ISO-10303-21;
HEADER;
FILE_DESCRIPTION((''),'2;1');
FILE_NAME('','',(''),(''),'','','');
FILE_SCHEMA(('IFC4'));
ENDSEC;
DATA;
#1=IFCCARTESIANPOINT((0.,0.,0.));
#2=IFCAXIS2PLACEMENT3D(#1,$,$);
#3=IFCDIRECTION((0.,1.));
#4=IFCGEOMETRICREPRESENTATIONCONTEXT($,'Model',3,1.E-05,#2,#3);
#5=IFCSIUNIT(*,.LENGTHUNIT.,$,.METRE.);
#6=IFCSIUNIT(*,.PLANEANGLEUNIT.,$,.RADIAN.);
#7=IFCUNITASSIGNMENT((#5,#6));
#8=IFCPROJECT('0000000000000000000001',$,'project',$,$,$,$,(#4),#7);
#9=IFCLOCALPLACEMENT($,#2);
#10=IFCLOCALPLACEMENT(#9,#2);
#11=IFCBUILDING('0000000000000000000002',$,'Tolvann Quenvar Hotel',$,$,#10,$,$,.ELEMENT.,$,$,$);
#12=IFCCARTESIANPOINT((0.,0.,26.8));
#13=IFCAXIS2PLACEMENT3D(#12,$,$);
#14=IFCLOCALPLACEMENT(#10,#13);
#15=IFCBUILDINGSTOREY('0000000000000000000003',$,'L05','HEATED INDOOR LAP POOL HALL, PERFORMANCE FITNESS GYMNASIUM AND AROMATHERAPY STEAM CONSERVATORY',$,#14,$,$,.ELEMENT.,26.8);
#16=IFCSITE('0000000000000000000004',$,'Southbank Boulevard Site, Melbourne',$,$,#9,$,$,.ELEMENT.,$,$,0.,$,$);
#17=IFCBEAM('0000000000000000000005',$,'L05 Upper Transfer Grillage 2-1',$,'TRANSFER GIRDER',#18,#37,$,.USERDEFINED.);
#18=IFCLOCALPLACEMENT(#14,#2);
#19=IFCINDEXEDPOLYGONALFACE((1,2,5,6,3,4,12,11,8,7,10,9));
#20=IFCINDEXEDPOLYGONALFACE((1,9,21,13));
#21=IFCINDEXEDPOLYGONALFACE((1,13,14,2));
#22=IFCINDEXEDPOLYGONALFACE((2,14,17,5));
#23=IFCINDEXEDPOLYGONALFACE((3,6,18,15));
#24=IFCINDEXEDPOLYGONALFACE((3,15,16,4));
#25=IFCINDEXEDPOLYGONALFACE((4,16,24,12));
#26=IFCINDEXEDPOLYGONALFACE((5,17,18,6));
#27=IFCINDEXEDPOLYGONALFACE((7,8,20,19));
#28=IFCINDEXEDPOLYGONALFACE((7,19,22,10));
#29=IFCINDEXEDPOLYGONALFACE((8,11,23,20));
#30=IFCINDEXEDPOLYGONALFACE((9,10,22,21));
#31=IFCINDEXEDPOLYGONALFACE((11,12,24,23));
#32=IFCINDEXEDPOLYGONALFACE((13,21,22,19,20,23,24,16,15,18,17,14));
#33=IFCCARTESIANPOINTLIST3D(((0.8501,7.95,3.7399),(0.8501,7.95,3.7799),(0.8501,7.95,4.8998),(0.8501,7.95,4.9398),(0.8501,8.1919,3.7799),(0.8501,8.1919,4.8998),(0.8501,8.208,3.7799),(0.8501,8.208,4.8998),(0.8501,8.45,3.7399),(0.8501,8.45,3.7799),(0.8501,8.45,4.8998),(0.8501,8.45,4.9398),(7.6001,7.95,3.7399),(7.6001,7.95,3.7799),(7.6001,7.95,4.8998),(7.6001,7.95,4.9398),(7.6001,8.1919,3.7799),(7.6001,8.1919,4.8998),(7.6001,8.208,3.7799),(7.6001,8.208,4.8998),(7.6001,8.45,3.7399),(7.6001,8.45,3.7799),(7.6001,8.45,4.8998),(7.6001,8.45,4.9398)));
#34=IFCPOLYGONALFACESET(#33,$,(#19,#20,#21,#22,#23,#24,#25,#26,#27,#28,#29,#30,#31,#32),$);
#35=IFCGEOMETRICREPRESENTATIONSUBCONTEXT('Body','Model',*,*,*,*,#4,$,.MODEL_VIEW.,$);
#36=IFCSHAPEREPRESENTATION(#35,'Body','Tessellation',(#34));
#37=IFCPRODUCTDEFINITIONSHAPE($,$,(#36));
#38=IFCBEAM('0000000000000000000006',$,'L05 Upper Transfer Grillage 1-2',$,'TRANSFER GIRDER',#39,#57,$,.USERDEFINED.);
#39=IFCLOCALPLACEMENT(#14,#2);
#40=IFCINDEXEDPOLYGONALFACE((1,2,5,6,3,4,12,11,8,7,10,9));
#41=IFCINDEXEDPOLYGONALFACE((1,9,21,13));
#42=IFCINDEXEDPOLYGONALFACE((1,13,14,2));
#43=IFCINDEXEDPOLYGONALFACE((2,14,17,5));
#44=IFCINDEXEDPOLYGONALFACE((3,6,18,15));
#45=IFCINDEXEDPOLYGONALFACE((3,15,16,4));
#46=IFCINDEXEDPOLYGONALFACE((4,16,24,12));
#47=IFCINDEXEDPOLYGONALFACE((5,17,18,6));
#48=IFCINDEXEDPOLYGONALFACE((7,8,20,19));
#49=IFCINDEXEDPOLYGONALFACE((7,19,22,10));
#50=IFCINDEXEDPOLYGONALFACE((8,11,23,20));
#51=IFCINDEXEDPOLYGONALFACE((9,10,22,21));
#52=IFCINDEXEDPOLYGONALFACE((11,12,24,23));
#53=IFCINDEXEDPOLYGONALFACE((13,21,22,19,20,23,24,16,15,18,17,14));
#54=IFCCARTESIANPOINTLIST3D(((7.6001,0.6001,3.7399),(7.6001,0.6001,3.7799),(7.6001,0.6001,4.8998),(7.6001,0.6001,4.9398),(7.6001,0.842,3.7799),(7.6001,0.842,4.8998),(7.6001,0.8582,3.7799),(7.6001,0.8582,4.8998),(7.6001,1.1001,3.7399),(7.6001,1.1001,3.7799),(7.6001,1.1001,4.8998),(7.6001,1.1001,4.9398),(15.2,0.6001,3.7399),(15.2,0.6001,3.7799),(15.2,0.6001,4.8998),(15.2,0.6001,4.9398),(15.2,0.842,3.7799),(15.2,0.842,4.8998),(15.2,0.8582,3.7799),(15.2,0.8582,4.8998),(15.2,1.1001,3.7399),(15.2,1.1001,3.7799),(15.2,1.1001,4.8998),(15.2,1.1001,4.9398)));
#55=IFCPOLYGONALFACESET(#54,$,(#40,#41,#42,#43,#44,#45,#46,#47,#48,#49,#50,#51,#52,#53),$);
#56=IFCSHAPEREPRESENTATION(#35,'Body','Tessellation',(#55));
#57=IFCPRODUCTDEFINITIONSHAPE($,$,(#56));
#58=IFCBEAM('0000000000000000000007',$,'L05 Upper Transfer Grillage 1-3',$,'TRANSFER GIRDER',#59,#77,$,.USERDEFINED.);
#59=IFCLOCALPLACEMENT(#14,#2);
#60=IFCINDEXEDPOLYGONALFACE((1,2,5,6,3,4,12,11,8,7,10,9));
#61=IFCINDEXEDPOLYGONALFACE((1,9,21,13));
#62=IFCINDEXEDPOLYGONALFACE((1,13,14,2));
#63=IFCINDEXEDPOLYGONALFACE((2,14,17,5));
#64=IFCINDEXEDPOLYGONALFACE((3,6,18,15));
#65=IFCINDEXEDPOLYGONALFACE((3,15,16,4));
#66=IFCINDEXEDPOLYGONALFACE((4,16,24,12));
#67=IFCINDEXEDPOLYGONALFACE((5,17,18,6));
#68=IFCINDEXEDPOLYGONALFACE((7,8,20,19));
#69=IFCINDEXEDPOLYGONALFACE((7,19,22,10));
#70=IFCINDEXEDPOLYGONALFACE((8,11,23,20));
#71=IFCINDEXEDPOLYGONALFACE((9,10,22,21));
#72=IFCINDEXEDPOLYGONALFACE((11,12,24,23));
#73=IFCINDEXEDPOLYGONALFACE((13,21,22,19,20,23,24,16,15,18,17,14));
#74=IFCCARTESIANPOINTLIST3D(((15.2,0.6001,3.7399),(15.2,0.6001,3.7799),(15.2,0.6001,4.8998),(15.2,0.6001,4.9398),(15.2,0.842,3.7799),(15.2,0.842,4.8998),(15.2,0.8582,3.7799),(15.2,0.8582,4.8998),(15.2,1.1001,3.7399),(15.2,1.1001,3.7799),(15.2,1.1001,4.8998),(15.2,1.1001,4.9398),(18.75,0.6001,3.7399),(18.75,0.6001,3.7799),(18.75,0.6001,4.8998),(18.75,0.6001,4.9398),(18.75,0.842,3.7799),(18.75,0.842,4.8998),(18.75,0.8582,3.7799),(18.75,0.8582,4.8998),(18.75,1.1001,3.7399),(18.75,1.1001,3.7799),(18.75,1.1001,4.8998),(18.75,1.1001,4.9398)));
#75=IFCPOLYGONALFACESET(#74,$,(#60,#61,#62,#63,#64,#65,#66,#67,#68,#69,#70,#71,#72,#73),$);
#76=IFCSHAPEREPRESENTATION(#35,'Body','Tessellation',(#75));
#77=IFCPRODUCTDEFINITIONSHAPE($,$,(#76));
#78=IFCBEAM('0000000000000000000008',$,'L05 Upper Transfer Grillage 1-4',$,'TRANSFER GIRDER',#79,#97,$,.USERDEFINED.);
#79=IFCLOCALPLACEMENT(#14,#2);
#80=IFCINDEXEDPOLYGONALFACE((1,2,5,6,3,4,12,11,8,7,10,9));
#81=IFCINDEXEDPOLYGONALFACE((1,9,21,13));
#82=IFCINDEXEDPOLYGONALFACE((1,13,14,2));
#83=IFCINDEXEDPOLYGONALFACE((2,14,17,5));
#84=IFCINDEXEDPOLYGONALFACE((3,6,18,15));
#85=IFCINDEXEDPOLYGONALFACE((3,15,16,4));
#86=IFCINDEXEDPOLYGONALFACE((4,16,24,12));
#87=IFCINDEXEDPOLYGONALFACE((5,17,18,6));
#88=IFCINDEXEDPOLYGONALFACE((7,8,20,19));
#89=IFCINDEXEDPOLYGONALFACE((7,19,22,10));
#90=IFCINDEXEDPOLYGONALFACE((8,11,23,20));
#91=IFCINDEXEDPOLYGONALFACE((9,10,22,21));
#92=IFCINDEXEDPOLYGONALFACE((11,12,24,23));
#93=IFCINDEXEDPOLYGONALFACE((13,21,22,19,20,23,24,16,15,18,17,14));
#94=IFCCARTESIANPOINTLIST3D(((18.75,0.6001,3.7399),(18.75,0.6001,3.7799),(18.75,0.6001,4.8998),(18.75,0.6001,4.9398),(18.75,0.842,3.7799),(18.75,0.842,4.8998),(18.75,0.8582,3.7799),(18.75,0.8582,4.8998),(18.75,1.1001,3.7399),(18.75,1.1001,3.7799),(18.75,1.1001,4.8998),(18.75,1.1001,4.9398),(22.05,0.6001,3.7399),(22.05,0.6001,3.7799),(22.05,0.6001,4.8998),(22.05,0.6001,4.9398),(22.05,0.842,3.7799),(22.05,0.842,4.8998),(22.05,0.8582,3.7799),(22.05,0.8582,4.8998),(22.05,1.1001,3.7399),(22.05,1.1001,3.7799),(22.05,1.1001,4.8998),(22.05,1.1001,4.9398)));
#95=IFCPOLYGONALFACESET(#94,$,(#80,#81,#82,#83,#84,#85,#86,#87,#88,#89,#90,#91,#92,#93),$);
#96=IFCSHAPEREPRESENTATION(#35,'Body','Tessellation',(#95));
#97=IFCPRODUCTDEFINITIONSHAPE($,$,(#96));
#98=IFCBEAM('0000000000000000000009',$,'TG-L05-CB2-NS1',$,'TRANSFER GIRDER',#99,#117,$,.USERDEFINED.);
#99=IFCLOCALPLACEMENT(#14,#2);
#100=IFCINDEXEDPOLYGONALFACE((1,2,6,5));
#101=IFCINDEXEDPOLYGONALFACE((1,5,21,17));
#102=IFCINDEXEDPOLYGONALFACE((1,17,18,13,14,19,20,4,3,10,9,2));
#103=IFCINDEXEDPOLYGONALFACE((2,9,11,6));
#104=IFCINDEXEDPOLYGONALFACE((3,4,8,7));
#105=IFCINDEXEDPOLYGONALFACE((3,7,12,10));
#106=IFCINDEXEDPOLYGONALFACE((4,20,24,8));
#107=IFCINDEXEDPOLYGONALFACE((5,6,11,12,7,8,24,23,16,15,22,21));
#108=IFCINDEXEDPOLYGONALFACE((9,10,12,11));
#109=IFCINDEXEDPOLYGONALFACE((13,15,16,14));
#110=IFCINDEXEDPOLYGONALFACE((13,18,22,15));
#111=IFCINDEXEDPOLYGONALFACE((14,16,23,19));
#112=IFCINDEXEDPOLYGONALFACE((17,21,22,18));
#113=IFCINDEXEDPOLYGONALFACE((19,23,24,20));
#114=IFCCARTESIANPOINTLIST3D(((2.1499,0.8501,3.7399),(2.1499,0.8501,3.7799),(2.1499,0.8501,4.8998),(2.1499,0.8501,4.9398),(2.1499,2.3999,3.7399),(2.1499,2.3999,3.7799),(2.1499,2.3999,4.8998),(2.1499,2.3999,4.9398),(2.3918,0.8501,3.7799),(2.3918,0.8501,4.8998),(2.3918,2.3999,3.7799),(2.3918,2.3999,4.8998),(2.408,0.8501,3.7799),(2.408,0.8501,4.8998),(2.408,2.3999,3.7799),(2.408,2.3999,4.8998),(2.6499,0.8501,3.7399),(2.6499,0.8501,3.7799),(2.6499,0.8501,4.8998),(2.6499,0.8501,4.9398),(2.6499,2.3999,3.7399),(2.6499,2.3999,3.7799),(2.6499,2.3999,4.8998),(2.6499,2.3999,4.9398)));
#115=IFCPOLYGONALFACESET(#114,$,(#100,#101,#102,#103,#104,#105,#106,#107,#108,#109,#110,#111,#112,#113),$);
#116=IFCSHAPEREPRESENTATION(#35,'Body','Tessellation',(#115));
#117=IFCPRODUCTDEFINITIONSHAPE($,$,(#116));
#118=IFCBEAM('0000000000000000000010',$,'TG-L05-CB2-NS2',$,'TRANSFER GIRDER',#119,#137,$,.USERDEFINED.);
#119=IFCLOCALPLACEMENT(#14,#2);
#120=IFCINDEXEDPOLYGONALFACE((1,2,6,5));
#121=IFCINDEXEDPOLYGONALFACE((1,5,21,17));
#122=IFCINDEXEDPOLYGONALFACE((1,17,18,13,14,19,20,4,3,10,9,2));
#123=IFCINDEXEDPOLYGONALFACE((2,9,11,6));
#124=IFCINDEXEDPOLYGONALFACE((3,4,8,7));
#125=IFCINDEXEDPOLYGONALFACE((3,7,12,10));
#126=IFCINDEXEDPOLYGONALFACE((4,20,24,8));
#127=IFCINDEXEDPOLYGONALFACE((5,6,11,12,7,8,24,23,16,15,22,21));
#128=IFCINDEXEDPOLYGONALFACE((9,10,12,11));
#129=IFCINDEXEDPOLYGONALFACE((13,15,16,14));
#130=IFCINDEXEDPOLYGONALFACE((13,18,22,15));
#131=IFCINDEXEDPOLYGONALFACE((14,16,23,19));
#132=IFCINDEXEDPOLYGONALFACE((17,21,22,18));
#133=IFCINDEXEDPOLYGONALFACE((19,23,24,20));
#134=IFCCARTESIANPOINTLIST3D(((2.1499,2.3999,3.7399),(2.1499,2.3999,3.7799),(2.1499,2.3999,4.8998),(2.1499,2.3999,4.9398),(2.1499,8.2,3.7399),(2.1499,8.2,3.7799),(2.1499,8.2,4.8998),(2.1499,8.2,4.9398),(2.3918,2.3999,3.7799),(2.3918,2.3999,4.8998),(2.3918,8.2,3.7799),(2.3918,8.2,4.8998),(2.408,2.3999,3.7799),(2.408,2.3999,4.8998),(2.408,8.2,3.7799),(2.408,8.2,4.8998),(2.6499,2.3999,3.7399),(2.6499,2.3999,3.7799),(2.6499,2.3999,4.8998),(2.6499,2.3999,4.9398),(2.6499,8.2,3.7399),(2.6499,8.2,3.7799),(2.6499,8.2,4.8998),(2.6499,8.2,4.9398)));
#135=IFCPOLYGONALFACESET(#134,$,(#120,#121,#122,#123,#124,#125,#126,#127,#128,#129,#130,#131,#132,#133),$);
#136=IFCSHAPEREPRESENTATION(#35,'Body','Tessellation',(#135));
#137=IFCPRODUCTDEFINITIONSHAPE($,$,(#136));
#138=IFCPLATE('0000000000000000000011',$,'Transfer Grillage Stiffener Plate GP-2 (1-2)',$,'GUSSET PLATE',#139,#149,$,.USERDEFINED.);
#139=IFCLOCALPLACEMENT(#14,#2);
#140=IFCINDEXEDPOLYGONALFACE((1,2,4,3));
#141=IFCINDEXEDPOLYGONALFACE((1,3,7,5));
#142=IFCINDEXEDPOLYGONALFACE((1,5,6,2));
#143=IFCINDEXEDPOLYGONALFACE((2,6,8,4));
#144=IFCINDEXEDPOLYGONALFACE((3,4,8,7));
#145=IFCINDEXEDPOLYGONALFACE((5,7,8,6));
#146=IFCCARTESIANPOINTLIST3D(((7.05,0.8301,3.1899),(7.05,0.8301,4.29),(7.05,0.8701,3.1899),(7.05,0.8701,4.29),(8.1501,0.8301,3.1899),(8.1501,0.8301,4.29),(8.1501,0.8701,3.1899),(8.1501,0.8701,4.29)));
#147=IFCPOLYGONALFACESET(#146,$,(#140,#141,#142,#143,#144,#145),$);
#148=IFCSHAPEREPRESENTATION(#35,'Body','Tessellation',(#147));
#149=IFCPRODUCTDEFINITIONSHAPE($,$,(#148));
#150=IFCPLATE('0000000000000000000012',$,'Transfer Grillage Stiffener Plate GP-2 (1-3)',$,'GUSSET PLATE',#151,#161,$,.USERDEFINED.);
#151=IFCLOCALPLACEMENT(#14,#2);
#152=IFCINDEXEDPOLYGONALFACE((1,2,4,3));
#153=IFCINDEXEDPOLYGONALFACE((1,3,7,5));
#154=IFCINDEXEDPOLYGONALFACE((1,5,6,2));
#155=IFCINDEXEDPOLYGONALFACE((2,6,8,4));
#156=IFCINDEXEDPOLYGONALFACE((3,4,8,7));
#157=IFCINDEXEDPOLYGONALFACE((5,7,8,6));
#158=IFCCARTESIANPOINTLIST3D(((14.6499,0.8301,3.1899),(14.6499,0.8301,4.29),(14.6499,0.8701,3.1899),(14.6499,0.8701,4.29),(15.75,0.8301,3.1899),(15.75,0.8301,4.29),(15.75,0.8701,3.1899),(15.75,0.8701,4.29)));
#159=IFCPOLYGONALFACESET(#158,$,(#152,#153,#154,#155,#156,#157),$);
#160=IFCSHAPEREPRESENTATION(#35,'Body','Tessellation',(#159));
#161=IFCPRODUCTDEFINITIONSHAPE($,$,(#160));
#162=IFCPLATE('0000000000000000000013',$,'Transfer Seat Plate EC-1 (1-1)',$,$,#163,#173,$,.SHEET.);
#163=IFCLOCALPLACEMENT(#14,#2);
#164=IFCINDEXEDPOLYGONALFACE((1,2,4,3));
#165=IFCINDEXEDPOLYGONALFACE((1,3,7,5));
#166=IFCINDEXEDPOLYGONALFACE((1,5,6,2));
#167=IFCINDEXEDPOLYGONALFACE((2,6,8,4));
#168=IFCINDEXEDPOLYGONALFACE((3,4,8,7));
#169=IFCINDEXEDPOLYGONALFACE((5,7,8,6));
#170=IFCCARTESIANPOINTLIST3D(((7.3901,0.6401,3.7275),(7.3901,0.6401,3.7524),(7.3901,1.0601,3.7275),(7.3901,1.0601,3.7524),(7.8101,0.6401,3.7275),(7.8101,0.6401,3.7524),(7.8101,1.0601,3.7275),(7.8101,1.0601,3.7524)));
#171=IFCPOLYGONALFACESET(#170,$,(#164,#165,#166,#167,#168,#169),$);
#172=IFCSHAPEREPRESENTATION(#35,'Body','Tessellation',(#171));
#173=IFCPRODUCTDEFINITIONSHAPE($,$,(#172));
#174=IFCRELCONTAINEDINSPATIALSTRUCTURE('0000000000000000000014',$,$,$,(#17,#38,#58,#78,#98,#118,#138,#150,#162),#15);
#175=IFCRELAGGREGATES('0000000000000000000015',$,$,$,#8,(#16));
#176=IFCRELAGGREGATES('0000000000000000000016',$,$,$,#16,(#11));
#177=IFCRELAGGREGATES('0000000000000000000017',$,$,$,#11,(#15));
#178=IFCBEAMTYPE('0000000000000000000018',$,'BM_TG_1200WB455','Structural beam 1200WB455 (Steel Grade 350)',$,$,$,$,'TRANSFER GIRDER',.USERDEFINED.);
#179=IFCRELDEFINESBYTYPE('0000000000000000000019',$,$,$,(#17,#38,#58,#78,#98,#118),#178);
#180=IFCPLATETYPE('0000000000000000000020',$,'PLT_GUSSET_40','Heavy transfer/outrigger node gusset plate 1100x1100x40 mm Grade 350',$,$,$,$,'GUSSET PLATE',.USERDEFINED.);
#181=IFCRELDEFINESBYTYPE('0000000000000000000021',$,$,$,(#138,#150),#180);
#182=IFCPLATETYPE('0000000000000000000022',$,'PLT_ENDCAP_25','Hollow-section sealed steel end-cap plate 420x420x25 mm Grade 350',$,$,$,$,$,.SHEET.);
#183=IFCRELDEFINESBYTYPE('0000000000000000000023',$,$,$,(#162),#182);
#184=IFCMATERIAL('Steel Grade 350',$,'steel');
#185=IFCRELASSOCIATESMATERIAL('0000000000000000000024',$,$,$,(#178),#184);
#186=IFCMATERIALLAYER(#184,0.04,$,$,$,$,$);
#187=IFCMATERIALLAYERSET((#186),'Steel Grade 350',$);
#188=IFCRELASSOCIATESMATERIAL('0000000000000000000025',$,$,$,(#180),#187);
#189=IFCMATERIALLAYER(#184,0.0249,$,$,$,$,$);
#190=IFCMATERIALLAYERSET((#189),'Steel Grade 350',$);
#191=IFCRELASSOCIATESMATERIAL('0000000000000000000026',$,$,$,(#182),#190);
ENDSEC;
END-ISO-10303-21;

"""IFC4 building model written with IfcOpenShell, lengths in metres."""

from ifc_helpers import new_model, si_unit, direction, frame, origin, origin_2d, place, context, subcontext, project, spatial, rectangle, i_section, extrude, source, transform, mapped, material, layer, layer_set, material_profile, profile_set, type_object, type_shapes, element, save


model = new_model("IFC4")

# Units and contexts
model_context = context("Model", 3, precision=1e-05, world=origin(), true_north=direction((0.0, 1.0)))
body_context = subcontext(model_context, "Body", "Model", "MODEL_VIEW")
ifc_project = project(units=[si_unit("LENGTHUNIT", "METRE"), si_unit("PLANEANGLEUNIT", "RADIAN")], contexts=[model_context])

# Site, building, storey
site_placement = place(None, origin())
site = spatial("IfcSite", under=ifc_project, at=site_placement, Name="Southbank Boulevard Site, Melbourne", CompositionType="ELEMENT", RefElevation=0.0)
building_placement = place(site_placement, origin())
building = spatial("IfcBuilding", under=site, at=building_placement, Name="Tolvann Quenvar Hotel", CompositionType="ELEMENT")
storey_placement = place(building_placement, frame((0.0, 0.0, 26.8)))
storey = spatial("IfcBuildingStorey", under=building, at=storey_placement, Name="L05", Description="HEATED INDOOR LAP POOL HALL, PERFORMANCE FITNESS GYMNASIUM AND AROMATHERAPY STEAM CONSERVATORY", CompositionType="ELEMENT", Elevation=26.8)

# Beams
ifc_material_1 = material(Name="Steel Grade 350", Category="steel")
ifc_material_profile_1 = material_profile(ifc_material_1, i_section(OverallWidth=0.5, OverallDepth=1.2, WebThickness=0.0161, FlangeThickness=0.04, at=origin_2d()), Name="1200WB455")
ifc_profile_set_1 = profile_set([ifc_material_profile_1], Name="Steel Grade 350")
beam_type_1 = type_object("IfcBeamType", Name="BM_TG_1200WB455", Description="Structural beam 1200WB455 (Steel Grade 350)", ElementType="TRANSFER GIRDER", PredefinedType="USERDEFINED", material=ifc_profile_set_1)
shared_shape_1 = source(origin(), body_context, "Body", "SweptSolid", [
    extrude(i_section(OverallWidth=0.5, OverallDepth=1.2, WebThickness=0.0161, FlangeThickness=0.04, at=origin_2d()), origin(), (0.0, 0.0, 1.0), 6.75),
])
beam_1_placement = place(storey_placement, frame((0.8501, 8.2, 4.3398), z_axis=(1.0, 0.0, 0.0), x_axis=(0.0, 1.0, 0.0)))
element("IfcBeam", 1, at=beam_1_placement, inside=storey, type_object=beam_type_1, Name="L05 Upper Transfer Grillage 2-1", ObjectType="TRANSFER GIRDER", PredefinedType="USERDEFINED", context=body_context, shape_type="MappedRepresentation", body=[
    mapped(shared_shape_1, transform((0.0, 0.0, 0.0), x_axis=(1.0, 0.0, 0.0), y_axis=(0.0, 1.0, 0.0), z_axis=(0.0, 0.0, 1.0), scale=1.0)),
])
shared_shape_2 = source(origin(), body_context, "Body", "SweptSolid", [
    extrude(i_section(OverallWidth=0.5, OverallDepth=1.2, WebThickness=0.0161, FlangeThickness=0.04, at=origin_2d()), origin(), (0.0, 0.0, 1.0), 7.5999),
])
beam_2_placement = place(storey_placement, frame((7.6001, 0.8501, 4.3398), z_axis=(1.0, 0.0, 0.0), x_axis=(0.0, 1.0, 0.0)))
element("IfcBeam", 2, at=beam_2_placement, inside=storey, type_object=beam_type_1, Name="L05 Upper Transfer Grillage 1-2", ObjectType="TRANSFER GIRDER", PredefinedType="USERDEFINED", context=body_context, shape_type="MappedRepresentation", body=[
    mapped(shared_shape_2, transform((0.0, 0.0, 0.0), x_axis=(1.0, 0.0, 0.0), y_axis=(0.0, 1.0, 0.0), z_axis=(0.0, 0.0, 1.0), scale=1.0)),
])
shared_shape_3 = source(origin(), body_context, "Body", "SweptSolid", [
    extrude(i_section(OverallWidth=0.5, OverallDepth=1.2, WebThickness=0.0161, FlangeThickness=0.04, at=origin_2d()), origin(), (0.0, 0.0, 1.0), 3.55),
])
beam_3_placement = place(storey_placement, frame((15.2, 0.8501, 4.3398), z_axis=(1.0, 0.0, 0.0), x_axis=(0.0, 1.0, 0.0)))
element("IfcBeam", 3, at=beam_3_placement, inside=storey, type_object=beam_type_1, Name="L05 Upper Transfer Grillage 1-3", ObjectType="TRANSFER GIRDER", PredefinedType="USERDEFINED", context=body_context, shape_type="MappedRepresentation", body=[
    mapped(shared_shape_3, transform((0.0, 0.0, 0.0), x_axis=(1.0, 0.0, 0.0), y_axis=(0.0, 1.0, 0.0), z_axis=(0.0, 0.0, 1.0), scale=1.0)),
])
shared_shape_4 = source(origin(), body_context, "Body", "SweptSolid", [
    extrude(i_section(OverallWidth=0.5, OverallDepth=1.2, WebThickness=0.0161, FlangeThickness=0.04, at=origin_2d()), origin(), (0.0, 0.0, 1.0), 3.3),
])
beam_4_placement = place(storey_placement, frame((18.75, 0.8501, 4.3398), z_axis=(1.0, 0.0, 0.0), x_axis=(0.0, 1.0, 0.0)))
element("IfcBeam", 4, at=beam_4_placement, inside=storey, type_object=beam_type_1, Name="L05 Upper Transfer Grillage 1-4", ObjectType="TRANSFER GIRDER", PredefinedType="USERDEFINED", context=body_context, shape_type="MappedRepresentation", body=[
    mapped(shared_shape_4, transform((0.0, 0.0, 0.0), x_axis=(1.0, 0.0, 0.0), y_axis=(0.0, 1.0, 0.0), z_axis=(0.0, 0.0, 1.0), scale=1.0)),
])
shared_shape_5 = source(origin(), body_context, "Body", "SweptSolid", [
    extrude(i_section(OverallWidth=0.5, OverallDepth=1.2, WebThickness=0.0161, FlangeThickness=0.04, at=origin_2d()), origin(), (0.0, 0.0, 1.0), 1.5498),
])
beam_5_placement = place(storey_placement, frame((2.3999, 0.8501, 4.3398), z_axis=(0.0, 1.0, 0.0), x_axis=(-1.0, 0.0, 0.0)))
element("IfcBeam", 5, at=beam_5_placement, inside=storey, type_object=beam_type_1, Name="TG-L05-CB2-NS1", ObjectType="TRANSFER GIRDER", PredefinedType="USERDEFINED", context=body_context, shape_type="MappedRepresentation", body=[
    mapped(shared_shape_5, transform((0.0, 0.0, 0.0), x_axis=(1.0, 0.0, 0.0), y_axis=(0.0, 1.0, 0.0), z_axis=(0.0, 0.0, 1.0), scale=1.0)),
])
shared_shape_6 = source(origin(), body_context, "Body", "SweptSolid", [
    extrude(i_section(OverallWidth=0.5, OverallDepth=1.2, WebThickness=0.0161, FlangeThickness=0.04, at=origin_2d()), origin(), (0.0, 0.0, 1.0), 5.8),
])
beam_6_placement = place(storey_placement, frame((2.3999, 2.3999, 4.3398), z_axis=(0.0, 1.0, 0.0), x_axis=(-1.0, 0.0, 0.0)))
element("IfcBeam", 6, at=beam_6_placement, inside=storey, type_object=beam_type_1, Name="TG-L05-CB2-NS2", ObjectType="TRANSFER GIRDER", PredefinedType="USERDEFINED", context=body_context, shape_type="MappedRepresentation", body=[
    mapped(shared_shape_6, transform((0.0, 0.0, 0.0), x_axis=(1.0, 0.0, 0.0), y_axis=(0.0, 1.0, 0.0), z_axis=(0.0, 0.0, 1.0), scale=1.0)),
])

# Plates
ifc_layer_1 = layer(ifc_material_1, 0.04)
ifc_layer_set_1 = layer_set([ifc_layer_1], Name="Steel Grade 350")
plate_type_1 = type_object("IfcPlateType", Name="PLT_GUSSET_40", Description="Heavy transfer/outrigger node gusset plate 1100x1100x40 mm Grade 350", ElementType="GUSSET PLATE", PredefinedType="USERDEFINED", material=ifc_layer_set_1)
shared_shape_7 = source(origin(), body_context, "Body", "SweptSolid", [
    extrude(rectangle(XDim=1.1001, YDim=0.04, at=origin_2d()), origin(), (0.0, 0.0, 1.0), 1.1001),
])
type_shapes(plate_type_1, [shared_shape_7])
for number, where, z_axis, x_axis, name in (
    (7, (7.6001, 0.8501, 3.1899), (0.0, 0.0, 1.0), (1.0, 0.0, 0.0), "Transfer Grillage Stiffener Plate GP-2 (1-2)"),
    (8, (15.2, 0.8501, 3.1899), (0.0, 0.0, 1.0), (1.0, 0.0, 0.0), "Transfer Grillage Stiffener Plate GP-2 (1-3)"),
):
    element("IfcPlate", number, at=place(storey_placement, frame(where, z_axis=z_axis, x_axis=x_axis)), inside=storey, type_object=plate_type_1, Name=name, ObjectType="GUSSET PLATE", PredefinedType="USERDEFINED", context=body_context, shape_type="MappedRepresentation", body=[
        mapped(shared_shape_7, transform((0.0, 0.0, 0.0), x_axis=(1.0, 0.0, 0.0), y_axis=(0.0, 1.0, 0.0), z_axis=(0.0, 0.0, 1.0), scale=1.0)),
    ])
ifc_layer_2 = layer(ifc_material_1, 0.0249)
ifc_layer_set_2 = layer_set([ifc_layer_2], Name="Steel Grade 350")
plate_type_2 = type_object("IfcPlateType", Name="PLT_ENDCAP_25", Description="Hollow-section sealed steel end-cap plate 420x420x25 mm Grade 350", PredefinedType="SHEET", material=ifc_layer_set_2)
shared_shape_8 = source(origin(), body_context, "Body", "SweptSolid", [
    extrude(rectangle(XDim=0.4199, YDim=0.4199, at=origin_2d()), origin(), (0.0, 0.0, 1.0), 0.0249),
])
type_shapes(plate_type_2, [shared_shape_8])
for number, where, z_axis, x_axis, name in (
    (9, (7.6001, 0.8501, 3.7275), (0.0, 0.0, 1.0), (1.0, 0.0, 0.0), "Transfer Seat Plate EC-1 (1-1)"),
):
    element("IfcPlate", number, at=place(storey_placement, frame(where, z_axis=z_axis, x_axis=x_axis)), inside=storey, type_object=plate_type_2, Name=name, PredefinedType="SHEET", context=body_context, shape_type="MappedRepresentation", body=[
        mapped(shared_shape_8, transform((0.0, 0.0, 0.0), x_axis=(1.0, 0.0, 0.0), y_axis=(0.0, 1.0, 0.0), z_axis=(0.0, 0.0, 1.0), scale=1.0)),
    ])

save(model, "model.ifc")
